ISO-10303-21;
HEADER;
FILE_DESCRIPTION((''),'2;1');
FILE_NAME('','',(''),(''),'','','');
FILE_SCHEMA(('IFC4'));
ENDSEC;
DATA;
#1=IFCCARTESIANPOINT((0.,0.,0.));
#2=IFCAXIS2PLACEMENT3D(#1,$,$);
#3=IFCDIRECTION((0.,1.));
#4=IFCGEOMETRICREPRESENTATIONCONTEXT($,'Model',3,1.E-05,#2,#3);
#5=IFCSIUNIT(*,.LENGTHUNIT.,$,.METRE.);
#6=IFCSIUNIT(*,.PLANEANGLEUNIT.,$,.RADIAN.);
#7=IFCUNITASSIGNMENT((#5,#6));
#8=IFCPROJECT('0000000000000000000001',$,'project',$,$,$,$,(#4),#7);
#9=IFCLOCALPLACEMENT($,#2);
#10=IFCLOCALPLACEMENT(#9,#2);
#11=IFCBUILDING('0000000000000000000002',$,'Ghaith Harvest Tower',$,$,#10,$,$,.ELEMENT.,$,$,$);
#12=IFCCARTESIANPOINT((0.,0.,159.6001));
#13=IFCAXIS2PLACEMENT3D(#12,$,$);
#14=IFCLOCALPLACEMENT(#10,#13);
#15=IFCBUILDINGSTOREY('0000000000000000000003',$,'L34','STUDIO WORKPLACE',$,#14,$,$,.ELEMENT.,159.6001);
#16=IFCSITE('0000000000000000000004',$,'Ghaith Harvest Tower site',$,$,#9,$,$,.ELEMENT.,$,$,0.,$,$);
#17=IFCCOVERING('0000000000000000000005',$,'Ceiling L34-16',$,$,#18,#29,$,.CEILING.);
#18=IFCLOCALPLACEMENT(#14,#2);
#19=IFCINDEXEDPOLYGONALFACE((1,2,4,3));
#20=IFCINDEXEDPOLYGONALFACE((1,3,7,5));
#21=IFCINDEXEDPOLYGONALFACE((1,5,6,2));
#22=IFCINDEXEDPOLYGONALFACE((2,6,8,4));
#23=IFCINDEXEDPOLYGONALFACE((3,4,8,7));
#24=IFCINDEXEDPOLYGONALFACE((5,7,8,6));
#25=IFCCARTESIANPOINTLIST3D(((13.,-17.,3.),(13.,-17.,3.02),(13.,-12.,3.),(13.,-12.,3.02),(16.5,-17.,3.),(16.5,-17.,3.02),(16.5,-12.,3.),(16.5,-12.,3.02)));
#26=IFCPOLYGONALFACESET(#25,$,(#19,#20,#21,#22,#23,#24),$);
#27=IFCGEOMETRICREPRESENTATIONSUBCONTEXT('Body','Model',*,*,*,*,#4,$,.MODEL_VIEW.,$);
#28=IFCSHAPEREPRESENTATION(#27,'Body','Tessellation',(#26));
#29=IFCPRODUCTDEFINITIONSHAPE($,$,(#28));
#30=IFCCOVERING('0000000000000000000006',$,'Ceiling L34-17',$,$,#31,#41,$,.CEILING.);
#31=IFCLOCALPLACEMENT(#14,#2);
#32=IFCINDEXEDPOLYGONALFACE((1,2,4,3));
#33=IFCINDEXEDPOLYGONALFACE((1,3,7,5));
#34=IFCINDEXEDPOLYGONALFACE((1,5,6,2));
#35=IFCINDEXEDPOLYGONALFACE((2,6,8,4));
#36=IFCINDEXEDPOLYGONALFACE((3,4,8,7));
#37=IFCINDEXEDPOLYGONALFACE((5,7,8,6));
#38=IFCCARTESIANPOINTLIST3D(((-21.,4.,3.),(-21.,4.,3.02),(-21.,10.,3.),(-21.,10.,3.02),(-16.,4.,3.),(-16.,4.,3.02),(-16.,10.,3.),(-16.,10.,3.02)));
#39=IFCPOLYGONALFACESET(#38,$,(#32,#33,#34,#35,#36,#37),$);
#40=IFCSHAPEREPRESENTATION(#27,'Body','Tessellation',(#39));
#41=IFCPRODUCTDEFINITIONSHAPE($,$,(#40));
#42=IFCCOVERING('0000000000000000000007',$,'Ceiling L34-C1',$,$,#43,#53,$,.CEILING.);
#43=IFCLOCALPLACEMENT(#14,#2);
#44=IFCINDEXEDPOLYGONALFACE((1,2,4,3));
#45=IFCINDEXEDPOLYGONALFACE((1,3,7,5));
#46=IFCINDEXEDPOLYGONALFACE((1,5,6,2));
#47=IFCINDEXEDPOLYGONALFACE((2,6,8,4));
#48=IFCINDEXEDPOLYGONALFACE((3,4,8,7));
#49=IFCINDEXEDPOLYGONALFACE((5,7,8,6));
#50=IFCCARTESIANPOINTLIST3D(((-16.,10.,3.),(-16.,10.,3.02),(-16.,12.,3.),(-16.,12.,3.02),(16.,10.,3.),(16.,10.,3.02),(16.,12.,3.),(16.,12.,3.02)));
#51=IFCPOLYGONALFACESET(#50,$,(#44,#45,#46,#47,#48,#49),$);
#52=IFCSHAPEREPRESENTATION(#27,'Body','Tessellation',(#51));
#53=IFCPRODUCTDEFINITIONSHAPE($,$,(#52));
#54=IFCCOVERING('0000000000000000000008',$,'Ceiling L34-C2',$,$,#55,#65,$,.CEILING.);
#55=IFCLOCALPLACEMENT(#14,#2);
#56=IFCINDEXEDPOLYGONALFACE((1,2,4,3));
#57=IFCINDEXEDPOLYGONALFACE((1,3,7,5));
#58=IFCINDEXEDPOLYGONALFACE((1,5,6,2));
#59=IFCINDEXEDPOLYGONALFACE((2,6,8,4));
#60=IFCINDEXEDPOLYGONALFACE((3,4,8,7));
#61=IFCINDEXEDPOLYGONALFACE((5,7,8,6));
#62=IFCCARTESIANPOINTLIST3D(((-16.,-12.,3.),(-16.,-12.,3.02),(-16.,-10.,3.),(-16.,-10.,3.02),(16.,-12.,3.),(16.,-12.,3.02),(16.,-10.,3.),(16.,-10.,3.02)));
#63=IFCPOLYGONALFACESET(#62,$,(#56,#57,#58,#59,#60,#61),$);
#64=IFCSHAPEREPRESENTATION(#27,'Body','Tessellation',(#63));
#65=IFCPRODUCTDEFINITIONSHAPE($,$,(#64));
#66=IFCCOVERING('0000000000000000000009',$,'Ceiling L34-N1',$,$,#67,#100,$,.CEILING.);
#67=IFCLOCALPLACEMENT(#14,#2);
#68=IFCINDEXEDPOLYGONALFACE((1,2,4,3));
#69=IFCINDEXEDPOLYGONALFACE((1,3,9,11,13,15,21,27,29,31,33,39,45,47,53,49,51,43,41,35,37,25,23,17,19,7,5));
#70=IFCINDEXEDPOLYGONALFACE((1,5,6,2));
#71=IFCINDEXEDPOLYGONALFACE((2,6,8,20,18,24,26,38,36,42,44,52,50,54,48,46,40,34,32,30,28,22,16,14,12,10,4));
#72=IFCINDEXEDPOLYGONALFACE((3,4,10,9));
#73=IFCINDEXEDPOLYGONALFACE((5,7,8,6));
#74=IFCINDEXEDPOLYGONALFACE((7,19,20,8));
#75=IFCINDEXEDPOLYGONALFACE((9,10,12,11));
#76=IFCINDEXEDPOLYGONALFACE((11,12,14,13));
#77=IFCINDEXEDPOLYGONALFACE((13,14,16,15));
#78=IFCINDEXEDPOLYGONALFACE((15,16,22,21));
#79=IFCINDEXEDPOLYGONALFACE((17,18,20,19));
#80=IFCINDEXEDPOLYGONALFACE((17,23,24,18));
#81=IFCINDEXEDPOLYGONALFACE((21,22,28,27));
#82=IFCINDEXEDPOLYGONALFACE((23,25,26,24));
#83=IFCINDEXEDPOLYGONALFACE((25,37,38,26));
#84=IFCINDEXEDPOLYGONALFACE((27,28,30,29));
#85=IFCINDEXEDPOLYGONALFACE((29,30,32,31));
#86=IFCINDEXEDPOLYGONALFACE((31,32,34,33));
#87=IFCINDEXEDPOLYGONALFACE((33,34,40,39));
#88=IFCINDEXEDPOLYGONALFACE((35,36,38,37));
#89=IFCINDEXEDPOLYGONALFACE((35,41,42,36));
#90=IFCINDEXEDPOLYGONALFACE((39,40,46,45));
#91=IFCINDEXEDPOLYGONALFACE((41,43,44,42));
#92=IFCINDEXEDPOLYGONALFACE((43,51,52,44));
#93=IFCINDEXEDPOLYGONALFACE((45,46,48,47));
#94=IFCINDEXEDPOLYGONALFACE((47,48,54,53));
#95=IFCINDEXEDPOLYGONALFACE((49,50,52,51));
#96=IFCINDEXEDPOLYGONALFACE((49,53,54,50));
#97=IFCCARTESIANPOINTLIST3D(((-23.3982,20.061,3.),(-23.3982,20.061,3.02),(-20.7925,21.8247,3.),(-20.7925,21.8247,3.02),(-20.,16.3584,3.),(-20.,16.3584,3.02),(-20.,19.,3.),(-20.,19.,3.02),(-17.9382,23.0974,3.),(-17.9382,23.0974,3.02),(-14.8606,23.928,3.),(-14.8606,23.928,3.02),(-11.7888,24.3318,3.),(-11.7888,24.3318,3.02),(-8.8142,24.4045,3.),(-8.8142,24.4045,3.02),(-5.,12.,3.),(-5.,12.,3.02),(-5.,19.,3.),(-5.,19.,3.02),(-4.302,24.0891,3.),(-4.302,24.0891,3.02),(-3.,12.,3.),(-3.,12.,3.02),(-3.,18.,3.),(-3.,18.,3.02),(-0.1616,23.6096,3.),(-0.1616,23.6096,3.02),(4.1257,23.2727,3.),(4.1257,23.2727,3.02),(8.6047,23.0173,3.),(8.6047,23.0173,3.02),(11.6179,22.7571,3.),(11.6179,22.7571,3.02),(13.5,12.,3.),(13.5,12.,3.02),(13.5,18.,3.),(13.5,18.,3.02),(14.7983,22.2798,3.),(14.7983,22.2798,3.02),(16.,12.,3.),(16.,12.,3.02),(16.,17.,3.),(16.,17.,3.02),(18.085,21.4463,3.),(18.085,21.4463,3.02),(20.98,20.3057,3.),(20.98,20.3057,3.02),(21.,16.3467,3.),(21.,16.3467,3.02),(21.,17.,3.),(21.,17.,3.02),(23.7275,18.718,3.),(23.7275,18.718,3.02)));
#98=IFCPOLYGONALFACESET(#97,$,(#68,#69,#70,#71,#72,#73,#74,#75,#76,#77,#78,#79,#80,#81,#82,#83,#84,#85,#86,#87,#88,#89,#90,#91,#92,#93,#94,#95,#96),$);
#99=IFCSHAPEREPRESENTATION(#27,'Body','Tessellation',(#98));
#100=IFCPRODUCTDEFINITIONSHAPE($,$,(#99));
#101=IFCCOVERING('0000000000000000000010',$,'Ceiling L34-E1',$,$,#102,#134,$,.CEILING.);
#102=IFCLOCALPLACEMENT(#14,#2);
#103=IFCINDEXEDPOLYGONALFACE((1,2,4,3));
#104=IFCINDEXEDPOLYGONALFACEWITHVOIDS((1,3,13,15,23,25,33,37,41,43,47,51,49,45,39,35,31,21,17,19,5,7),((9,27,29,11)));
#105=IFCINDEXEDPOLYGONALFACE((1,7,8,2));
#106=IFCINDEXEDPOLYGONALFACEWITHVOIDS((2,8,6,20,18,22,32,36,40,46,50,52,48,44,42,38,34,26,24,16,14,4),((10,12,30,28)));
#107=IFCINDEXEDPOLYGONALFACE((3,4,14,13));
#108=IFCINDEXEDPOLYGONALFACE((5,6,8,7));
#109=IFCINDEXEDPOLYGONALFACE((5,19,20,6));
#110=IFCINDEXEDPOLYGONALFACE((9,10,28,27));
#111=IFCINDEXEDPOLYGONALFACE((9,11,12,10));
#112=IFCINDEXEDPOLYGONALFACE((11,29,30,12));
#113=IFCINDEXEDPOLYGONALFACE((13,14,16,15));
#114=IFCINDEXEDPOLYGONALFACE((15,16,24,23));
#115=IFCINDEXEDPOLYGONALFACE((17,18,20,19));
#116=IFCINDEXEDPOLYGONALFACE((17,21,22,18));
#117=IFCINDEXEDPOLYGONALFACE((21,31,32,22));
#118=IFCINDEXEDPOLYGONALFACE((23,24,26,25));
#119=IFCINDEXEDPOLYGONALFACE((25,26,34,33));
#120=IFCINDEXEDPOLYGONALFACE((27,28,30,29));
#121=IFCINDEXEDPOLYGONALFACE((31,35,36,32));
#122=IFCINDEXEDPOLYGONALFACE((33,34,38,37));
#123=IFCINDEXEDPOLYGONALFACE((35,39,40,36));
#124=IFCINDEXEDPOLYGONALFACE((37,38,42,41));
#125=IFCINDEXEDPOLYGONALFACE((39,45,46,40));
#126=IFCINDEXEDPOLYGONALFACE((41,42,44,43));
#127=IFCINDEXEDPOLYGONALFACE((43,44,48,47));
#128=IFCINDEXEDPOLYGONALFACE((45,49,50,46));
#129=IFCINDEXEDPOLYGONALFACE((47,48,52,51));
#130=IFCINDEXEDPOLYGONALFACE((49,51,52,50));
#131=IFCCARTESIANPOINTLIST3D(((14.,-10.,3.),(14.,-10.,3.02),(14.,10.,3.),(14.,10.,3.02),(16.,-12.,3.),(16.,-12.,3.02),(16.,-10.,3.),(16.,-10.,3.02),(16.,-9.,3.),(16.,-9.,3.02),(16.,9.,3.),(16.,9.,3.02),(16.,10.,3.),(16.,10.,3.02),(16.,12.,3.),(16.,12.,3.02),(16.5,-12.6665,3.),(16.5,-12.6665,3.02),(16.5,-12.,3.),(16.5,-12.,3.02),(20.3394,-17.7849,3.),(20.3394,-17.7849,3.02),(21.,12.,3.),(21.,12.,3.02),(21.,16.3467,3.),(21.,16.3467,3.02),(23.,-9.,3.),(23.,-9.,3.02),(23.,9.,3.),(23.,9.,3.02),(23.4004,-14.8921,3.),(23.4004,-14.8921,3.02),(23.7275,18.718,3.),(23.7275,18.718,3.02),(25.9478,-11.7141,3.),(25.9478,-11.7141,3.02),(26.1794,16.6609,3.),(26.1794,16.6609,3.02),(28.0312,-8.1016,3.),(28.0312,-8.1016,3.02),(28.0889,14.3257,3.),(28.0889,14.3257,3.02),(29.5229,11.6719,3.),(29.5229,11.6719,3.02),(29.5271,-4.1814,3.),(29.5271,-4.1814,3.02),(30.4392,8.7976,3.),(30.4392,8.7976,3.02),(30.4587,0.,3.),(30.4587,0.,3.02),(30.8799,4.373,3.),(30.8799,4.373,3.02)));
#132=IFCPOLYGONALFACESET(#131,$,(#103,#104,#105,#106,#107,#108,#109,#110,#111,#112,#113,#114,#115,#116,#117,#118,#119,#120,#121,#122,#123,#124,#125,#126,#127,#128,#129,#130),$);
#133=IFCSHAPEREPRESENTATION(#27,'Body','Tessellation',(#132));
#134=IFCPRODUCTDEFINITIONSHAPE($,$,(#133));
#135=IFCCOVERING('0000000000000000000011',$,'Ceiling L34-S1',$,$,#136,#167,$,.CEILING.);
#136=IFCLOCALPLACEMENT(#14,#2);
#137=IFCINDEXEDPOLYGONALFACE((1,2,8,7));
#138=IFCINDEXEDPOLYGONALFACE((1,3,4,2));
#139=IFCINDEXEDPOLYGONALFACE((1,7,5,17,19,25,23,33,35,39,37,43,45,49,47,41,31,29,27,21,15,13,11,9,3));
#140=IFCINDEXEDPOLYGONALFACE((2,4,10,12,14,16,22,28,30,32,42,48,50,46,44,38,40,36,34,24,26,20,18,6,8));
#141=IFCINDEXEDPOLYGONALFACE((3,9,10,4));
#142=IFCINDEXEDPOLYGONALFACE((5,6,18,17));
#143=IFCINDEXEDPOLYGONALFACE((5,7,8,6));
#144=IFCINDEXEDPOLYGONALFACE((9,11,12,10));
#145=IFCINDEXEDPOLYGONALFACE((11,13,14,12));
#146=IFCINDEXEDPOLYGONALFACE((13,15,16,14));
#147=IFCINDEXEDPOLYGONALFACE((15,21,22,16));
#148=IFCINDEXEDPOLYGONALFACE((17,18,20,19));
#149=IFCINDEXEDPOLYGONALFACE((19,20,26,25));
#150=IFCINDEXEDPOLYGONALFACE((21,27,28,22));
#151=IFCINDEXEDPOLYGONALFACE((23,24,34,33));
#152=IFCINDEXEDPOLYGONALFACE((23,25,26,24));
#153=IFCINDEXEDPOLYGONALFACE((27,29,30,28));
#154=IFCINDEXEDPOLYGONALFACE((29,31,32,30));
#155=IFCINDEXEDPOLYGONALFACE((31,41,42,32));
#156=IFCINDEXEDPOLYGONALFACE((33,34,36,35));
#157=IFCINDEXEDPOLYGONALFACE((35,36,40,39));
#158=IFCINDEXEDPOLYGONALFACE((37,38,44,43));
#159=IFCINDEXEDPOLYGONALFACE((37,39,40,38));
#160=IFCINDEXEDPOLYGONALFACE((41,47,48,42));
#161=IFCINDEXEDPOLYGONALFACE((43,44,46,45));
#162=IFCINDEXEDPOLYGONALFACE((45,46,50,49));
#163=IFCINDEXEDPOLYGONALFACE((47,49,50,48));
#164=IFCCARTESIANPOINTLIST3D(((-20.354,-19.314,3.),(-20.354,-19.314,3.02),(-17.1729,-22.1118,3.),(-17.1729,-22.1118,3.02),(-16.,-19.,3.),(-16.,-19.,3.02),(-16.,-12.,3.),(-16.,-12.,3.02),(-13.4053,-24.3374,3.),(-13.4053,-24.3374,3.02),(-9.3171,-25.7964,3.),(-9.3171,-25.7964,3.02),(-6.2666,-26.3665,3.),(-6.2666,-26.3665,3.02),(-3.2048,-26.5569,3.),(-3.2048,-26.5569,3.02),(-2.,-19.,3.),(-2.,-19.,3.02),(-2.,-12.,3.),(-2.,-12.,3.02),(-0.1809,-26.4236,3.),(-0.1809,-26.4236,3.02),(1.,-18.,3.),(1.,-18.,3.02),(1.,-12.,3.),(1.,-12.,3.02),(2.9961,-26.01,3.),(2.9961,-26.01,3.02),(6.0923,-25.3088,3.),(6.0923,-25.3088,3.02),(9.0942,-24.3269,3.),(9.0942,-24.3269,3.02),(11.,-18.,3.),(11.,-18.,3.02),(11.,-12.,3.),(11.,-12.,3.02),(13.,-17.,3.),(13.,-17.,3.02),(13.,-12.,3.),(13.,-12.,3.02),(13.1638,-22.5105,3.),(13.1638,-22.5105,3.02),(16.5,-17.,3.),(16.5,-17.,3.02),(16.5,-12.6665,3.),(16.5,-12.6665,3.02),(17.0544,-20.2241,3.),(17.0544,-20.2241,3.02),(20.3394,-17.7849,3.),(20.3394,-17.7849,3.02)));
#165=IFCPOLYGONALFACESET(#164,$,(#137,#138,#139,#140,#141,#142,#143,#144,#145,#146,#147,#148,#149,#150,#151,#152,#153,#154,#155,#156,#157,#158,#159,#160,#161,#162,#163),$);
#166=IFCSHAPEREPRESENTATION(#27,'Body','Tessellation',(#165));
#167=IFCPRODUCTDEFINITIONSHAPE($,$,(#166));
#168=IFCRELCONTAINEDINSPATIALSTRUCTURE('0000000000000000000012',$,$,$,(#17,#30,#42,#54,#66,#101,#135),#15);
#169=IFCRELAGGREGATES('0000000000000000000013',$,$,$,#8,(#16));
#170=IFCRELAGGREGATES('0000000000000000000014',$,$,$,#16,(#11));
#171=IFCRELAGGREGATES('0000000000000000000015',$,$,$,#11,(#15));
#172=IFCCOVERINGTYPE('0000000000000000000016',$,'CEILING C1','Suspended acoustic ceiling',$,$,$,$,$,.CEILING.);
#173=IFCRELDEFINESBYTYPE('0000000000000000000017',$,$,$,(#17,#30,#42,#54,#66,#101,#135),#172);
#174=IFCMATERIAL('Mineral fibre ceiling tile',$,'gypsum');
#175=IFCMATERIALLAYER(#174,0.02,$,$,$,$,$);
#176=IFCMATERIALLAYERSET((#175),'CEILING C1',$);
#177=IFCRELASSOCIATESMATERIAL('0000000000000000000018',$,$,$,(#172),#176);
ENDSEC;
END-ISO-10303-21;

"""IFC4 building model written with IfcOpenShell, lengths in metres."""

from ifc_helpers import new_model, si_unit, direction, frame, origin, place, context, subcontext, project, spatial, polyline, outline, extrude, material, layer, layer_set, type_object, element, save


model = new_model("IFC4")

# Units and contexts
model_context = context("Model", 3, precision=1e-05, world=origin(), true_north=direction((0.0, 1.0)))
body_context = subcontext(model_context, "Body", "Model", "MODEL_VIEW")
ifc_project = project(units=[si_unit("LENGTHUNIT", "METRE"), si_unit("PLANEANGLEUNIT", "RADIAN")], contexts=[model_context])

# Site, building, storey
site_placement = place(None, origin())
site = spatial("IfcSite", under=ifc_project, at=site_placement, Name="Ghaith Harvest Tower site", CompositionType="ELEMENT", RefElevation=0.0)
building_placement = place(site_placement, origin())
building = spatial("IfcBuilding", under=site, at=building_placement, Name="Ghaith Harvest Tower", CompositionType="ELEMENT")
storey_placement = place(building_placement, frame((0.0, 0.0, 159.6001)))
storey = spatial("IfcBuildingStorey", under=building, at=storey_placement, Name="L34", Description="STUDIO WORKPLACE", CompositionType="ELEMENT", Elevation=159.6001)

# Coverings
ifc_material_1 = material(Name="Mineral fibre ceiling tile", Category="gypsum")
ifc_layer_1 = layer(ifc_material_1, 0.02)
ifc_layer_set_1 = layer_set([ifc_layer_1], Name="CEILING C1")
covering_type = type_object("IfcCoveringType", Name="CEILING C1", Description="Suspended acoustic ceiling", PredefinedType="CEILING", material=ifc_layer_set_1)
covering_1_placement = place(storey_placement, frame((0.0, 0.0, 3.0)))
element("IfcCovering", 1, at=covering_1_placement, inside=storey, type_object=covering_type, Name="Ceiling L34-16", PredefinedType="CEILING", context=body_context, shape_type="SweptSolid", body=[
    extrude(outline(polyline([(13.0, -17.0), (16.5, -17.0), (16.5, -12.0), (13.0, -12.0), (13.0, -17.0)])), origin(), (0.0, 0.0, 1.0), 0.02),
])
covering_2_placement = place(storey_placement, frame((0.0, 0.0, 3.0)))
element("IfcCovering", 2, at=covering_2_placement, inside=storey, type_object=covering_type, Name="Ceiling L34-17", PredefinedType="CEILING", context=body_context, shape_type="SweptSolid", body=[
    extrude(outline(polyline([(-21.0, 4.0), (-16.0, 4.0), (-16.0, 10.0), (-21.0, 10.0), (-21.0, 4.0)])), origin(), (0.0, 0.0, 1.0), 0.02),
])
covering_3_placement = place(storey_placement, frame((0.0, 0.0, 3.0)))
element("IfcCovering", 3, at=covering_3_placement, inside=storey, type_object=covering_type, Name="Ceiling L34-C1", PredefinedType="CEILING", context=body_context, shape_type="SweptSolid", body=[
    extrude(outline(polyline([(16.0, 10.0), (-16.0, 10.0), (-16.0, 12.0), (16.0, 12.0), (16.0, 10.0)])), origin(), (0.0, 0.0, 1.0), 0.02),
])
covering_4_placement = place(storey_placement, frame((0.0, 0.0, 3.0)))
element("IfcCovering", 4, at=covering_4_placement, inside=storey, type_object=covering_type, Name="Ceiling L34-C2", PredefinedType="CEILING", context=body_context, shape_type="SweptSolid", body=[
    extrude(outline(polyline([(-16.0, -10.0), (16.0, -10.0), (16.0, -12.0), (-16.0, -12.0), (-16.0, -10.0)])), origin(), (0.0, 0.0, 1.0), 0.02),
])
covering_5_placement = place(storey_placement, frame((0.0, 0.0, 3.0)))
element("IfcCovering", 5, at=covering_5_placement, inside=storey, type_object=covering_type, Name="Ceiling L34-N1", PredefinedType="CEILING", context=body_context, shape_type="SweptSolid", body=[
    extrude(outline(polyline([(-20.7925, 21.8247), (-17.9382, 23.0974), (-14.8606, 23.928), (-11.7888, 24.3318), (-8.8142, 24.4045), (-4.302, 24.0891), (-0.1616, 23.6096), (4.1257, 23.2727), (8.6047, 23.0173), (11.6179, 22.7571), (14.7983, 22.2798), (18.085, 21.4463), (20.98, 20.3057), (23.7275, 18.718), (21.0, 16.3467), (21.0, 17.0), (16.0, 17.0), (16.0, 12.0), (13.5, 12.0), (13.5, 18.0), (-3.0, 18.0), (-3.0, 12.0), (-5.0, 12.0), (-5.0, 19.0), (-20.0, 19.0), (-20.0, 16.3584), (-23.3982, 20.061), (-20.7925, 21.8247)])), origin(), (0.0, 0.0, 1.0), 0.02),
])
covering_6_placement = place(storey_placement, frame((0.0, 0.0, 3.0)))
element("IfcCovering", 6, at=covering_6_placement, inside=storey, type_object=covering_type, Name="Ceiling L34-E1", PredefinedType="CEILING", context=body_context, shape_type="SweptSolid", body=[
    extrude(outline(polyline([(26.1794, 16.6609), (28.0889, 14.3257), (29.5229, 11.6719), (30.4392, 8.7976), (30.8799, 4.373), (30.4587, 0.0), (29.5271, -4.1814), (28.0312, -8.1016), (25.9478, -11.7141), (23.4004, -14.8921), (20.3394, -17.7849), (16.5, -12.6665), (16.5, -12.0), (16.0, -12.0), (16.0, -10.0), (14.0, -10.0), (14.0, 10.0), (16.0, 10.0), (16.0, 12.0), (21.0, 12.0), (21.0, 16.3467), (23.7275, 18.718), (26.1794, 16.6609)]), holes=[polyline([(23.0, -9.0), (23.0, 9.0), (16.0, 9.0), (16.0, -9.0), (23.0, -9.0)])]), origin(), (0.0, 0.0, 1.0), 0.02),
])
covering_7_placement = place(storey_placement, frame((0.0, 0.0, 3.0)))
element("IfcCovering", 7, at=covering_7_placement, inside=storey, type_object=covering_type, Name="Ceiling L34-S1", PredefinedType="CEILING", context=body_context, shape_type="SweptSolid", body=[
    extrude(outline(polyline([(17.0544, -20.2241), (13.1638, -22.5105), (9.0942, -24.3269), (6.0923, -25.3088), (2.9961, -26.01), (-0.1809, -26.4236), (-3.2048, -26.5569), (-6.2666, -26.3665), (-9.3171, -25.7964), (-13.4053, -24.3374), (-17.1729, -22.1118), (-20.354, -19.314), (-16.0, -12.0), (-16.0, -19.0), (-2.0, -19.0), (-2.0, -12.0), (1.0, -12.0), (1.0, -18.0), (11.0, -18.0), (11.0, -12.0), (13.0, -12.0), (13.0, -17.0), (16.5, -17.0), (16.5, -12.6665), (20.3394, -17.7849), (17.0544, -20.2241)])), origin(), (0.0, 0.0, 1.0), 0.02),
])

save(model, "model.ifc")
